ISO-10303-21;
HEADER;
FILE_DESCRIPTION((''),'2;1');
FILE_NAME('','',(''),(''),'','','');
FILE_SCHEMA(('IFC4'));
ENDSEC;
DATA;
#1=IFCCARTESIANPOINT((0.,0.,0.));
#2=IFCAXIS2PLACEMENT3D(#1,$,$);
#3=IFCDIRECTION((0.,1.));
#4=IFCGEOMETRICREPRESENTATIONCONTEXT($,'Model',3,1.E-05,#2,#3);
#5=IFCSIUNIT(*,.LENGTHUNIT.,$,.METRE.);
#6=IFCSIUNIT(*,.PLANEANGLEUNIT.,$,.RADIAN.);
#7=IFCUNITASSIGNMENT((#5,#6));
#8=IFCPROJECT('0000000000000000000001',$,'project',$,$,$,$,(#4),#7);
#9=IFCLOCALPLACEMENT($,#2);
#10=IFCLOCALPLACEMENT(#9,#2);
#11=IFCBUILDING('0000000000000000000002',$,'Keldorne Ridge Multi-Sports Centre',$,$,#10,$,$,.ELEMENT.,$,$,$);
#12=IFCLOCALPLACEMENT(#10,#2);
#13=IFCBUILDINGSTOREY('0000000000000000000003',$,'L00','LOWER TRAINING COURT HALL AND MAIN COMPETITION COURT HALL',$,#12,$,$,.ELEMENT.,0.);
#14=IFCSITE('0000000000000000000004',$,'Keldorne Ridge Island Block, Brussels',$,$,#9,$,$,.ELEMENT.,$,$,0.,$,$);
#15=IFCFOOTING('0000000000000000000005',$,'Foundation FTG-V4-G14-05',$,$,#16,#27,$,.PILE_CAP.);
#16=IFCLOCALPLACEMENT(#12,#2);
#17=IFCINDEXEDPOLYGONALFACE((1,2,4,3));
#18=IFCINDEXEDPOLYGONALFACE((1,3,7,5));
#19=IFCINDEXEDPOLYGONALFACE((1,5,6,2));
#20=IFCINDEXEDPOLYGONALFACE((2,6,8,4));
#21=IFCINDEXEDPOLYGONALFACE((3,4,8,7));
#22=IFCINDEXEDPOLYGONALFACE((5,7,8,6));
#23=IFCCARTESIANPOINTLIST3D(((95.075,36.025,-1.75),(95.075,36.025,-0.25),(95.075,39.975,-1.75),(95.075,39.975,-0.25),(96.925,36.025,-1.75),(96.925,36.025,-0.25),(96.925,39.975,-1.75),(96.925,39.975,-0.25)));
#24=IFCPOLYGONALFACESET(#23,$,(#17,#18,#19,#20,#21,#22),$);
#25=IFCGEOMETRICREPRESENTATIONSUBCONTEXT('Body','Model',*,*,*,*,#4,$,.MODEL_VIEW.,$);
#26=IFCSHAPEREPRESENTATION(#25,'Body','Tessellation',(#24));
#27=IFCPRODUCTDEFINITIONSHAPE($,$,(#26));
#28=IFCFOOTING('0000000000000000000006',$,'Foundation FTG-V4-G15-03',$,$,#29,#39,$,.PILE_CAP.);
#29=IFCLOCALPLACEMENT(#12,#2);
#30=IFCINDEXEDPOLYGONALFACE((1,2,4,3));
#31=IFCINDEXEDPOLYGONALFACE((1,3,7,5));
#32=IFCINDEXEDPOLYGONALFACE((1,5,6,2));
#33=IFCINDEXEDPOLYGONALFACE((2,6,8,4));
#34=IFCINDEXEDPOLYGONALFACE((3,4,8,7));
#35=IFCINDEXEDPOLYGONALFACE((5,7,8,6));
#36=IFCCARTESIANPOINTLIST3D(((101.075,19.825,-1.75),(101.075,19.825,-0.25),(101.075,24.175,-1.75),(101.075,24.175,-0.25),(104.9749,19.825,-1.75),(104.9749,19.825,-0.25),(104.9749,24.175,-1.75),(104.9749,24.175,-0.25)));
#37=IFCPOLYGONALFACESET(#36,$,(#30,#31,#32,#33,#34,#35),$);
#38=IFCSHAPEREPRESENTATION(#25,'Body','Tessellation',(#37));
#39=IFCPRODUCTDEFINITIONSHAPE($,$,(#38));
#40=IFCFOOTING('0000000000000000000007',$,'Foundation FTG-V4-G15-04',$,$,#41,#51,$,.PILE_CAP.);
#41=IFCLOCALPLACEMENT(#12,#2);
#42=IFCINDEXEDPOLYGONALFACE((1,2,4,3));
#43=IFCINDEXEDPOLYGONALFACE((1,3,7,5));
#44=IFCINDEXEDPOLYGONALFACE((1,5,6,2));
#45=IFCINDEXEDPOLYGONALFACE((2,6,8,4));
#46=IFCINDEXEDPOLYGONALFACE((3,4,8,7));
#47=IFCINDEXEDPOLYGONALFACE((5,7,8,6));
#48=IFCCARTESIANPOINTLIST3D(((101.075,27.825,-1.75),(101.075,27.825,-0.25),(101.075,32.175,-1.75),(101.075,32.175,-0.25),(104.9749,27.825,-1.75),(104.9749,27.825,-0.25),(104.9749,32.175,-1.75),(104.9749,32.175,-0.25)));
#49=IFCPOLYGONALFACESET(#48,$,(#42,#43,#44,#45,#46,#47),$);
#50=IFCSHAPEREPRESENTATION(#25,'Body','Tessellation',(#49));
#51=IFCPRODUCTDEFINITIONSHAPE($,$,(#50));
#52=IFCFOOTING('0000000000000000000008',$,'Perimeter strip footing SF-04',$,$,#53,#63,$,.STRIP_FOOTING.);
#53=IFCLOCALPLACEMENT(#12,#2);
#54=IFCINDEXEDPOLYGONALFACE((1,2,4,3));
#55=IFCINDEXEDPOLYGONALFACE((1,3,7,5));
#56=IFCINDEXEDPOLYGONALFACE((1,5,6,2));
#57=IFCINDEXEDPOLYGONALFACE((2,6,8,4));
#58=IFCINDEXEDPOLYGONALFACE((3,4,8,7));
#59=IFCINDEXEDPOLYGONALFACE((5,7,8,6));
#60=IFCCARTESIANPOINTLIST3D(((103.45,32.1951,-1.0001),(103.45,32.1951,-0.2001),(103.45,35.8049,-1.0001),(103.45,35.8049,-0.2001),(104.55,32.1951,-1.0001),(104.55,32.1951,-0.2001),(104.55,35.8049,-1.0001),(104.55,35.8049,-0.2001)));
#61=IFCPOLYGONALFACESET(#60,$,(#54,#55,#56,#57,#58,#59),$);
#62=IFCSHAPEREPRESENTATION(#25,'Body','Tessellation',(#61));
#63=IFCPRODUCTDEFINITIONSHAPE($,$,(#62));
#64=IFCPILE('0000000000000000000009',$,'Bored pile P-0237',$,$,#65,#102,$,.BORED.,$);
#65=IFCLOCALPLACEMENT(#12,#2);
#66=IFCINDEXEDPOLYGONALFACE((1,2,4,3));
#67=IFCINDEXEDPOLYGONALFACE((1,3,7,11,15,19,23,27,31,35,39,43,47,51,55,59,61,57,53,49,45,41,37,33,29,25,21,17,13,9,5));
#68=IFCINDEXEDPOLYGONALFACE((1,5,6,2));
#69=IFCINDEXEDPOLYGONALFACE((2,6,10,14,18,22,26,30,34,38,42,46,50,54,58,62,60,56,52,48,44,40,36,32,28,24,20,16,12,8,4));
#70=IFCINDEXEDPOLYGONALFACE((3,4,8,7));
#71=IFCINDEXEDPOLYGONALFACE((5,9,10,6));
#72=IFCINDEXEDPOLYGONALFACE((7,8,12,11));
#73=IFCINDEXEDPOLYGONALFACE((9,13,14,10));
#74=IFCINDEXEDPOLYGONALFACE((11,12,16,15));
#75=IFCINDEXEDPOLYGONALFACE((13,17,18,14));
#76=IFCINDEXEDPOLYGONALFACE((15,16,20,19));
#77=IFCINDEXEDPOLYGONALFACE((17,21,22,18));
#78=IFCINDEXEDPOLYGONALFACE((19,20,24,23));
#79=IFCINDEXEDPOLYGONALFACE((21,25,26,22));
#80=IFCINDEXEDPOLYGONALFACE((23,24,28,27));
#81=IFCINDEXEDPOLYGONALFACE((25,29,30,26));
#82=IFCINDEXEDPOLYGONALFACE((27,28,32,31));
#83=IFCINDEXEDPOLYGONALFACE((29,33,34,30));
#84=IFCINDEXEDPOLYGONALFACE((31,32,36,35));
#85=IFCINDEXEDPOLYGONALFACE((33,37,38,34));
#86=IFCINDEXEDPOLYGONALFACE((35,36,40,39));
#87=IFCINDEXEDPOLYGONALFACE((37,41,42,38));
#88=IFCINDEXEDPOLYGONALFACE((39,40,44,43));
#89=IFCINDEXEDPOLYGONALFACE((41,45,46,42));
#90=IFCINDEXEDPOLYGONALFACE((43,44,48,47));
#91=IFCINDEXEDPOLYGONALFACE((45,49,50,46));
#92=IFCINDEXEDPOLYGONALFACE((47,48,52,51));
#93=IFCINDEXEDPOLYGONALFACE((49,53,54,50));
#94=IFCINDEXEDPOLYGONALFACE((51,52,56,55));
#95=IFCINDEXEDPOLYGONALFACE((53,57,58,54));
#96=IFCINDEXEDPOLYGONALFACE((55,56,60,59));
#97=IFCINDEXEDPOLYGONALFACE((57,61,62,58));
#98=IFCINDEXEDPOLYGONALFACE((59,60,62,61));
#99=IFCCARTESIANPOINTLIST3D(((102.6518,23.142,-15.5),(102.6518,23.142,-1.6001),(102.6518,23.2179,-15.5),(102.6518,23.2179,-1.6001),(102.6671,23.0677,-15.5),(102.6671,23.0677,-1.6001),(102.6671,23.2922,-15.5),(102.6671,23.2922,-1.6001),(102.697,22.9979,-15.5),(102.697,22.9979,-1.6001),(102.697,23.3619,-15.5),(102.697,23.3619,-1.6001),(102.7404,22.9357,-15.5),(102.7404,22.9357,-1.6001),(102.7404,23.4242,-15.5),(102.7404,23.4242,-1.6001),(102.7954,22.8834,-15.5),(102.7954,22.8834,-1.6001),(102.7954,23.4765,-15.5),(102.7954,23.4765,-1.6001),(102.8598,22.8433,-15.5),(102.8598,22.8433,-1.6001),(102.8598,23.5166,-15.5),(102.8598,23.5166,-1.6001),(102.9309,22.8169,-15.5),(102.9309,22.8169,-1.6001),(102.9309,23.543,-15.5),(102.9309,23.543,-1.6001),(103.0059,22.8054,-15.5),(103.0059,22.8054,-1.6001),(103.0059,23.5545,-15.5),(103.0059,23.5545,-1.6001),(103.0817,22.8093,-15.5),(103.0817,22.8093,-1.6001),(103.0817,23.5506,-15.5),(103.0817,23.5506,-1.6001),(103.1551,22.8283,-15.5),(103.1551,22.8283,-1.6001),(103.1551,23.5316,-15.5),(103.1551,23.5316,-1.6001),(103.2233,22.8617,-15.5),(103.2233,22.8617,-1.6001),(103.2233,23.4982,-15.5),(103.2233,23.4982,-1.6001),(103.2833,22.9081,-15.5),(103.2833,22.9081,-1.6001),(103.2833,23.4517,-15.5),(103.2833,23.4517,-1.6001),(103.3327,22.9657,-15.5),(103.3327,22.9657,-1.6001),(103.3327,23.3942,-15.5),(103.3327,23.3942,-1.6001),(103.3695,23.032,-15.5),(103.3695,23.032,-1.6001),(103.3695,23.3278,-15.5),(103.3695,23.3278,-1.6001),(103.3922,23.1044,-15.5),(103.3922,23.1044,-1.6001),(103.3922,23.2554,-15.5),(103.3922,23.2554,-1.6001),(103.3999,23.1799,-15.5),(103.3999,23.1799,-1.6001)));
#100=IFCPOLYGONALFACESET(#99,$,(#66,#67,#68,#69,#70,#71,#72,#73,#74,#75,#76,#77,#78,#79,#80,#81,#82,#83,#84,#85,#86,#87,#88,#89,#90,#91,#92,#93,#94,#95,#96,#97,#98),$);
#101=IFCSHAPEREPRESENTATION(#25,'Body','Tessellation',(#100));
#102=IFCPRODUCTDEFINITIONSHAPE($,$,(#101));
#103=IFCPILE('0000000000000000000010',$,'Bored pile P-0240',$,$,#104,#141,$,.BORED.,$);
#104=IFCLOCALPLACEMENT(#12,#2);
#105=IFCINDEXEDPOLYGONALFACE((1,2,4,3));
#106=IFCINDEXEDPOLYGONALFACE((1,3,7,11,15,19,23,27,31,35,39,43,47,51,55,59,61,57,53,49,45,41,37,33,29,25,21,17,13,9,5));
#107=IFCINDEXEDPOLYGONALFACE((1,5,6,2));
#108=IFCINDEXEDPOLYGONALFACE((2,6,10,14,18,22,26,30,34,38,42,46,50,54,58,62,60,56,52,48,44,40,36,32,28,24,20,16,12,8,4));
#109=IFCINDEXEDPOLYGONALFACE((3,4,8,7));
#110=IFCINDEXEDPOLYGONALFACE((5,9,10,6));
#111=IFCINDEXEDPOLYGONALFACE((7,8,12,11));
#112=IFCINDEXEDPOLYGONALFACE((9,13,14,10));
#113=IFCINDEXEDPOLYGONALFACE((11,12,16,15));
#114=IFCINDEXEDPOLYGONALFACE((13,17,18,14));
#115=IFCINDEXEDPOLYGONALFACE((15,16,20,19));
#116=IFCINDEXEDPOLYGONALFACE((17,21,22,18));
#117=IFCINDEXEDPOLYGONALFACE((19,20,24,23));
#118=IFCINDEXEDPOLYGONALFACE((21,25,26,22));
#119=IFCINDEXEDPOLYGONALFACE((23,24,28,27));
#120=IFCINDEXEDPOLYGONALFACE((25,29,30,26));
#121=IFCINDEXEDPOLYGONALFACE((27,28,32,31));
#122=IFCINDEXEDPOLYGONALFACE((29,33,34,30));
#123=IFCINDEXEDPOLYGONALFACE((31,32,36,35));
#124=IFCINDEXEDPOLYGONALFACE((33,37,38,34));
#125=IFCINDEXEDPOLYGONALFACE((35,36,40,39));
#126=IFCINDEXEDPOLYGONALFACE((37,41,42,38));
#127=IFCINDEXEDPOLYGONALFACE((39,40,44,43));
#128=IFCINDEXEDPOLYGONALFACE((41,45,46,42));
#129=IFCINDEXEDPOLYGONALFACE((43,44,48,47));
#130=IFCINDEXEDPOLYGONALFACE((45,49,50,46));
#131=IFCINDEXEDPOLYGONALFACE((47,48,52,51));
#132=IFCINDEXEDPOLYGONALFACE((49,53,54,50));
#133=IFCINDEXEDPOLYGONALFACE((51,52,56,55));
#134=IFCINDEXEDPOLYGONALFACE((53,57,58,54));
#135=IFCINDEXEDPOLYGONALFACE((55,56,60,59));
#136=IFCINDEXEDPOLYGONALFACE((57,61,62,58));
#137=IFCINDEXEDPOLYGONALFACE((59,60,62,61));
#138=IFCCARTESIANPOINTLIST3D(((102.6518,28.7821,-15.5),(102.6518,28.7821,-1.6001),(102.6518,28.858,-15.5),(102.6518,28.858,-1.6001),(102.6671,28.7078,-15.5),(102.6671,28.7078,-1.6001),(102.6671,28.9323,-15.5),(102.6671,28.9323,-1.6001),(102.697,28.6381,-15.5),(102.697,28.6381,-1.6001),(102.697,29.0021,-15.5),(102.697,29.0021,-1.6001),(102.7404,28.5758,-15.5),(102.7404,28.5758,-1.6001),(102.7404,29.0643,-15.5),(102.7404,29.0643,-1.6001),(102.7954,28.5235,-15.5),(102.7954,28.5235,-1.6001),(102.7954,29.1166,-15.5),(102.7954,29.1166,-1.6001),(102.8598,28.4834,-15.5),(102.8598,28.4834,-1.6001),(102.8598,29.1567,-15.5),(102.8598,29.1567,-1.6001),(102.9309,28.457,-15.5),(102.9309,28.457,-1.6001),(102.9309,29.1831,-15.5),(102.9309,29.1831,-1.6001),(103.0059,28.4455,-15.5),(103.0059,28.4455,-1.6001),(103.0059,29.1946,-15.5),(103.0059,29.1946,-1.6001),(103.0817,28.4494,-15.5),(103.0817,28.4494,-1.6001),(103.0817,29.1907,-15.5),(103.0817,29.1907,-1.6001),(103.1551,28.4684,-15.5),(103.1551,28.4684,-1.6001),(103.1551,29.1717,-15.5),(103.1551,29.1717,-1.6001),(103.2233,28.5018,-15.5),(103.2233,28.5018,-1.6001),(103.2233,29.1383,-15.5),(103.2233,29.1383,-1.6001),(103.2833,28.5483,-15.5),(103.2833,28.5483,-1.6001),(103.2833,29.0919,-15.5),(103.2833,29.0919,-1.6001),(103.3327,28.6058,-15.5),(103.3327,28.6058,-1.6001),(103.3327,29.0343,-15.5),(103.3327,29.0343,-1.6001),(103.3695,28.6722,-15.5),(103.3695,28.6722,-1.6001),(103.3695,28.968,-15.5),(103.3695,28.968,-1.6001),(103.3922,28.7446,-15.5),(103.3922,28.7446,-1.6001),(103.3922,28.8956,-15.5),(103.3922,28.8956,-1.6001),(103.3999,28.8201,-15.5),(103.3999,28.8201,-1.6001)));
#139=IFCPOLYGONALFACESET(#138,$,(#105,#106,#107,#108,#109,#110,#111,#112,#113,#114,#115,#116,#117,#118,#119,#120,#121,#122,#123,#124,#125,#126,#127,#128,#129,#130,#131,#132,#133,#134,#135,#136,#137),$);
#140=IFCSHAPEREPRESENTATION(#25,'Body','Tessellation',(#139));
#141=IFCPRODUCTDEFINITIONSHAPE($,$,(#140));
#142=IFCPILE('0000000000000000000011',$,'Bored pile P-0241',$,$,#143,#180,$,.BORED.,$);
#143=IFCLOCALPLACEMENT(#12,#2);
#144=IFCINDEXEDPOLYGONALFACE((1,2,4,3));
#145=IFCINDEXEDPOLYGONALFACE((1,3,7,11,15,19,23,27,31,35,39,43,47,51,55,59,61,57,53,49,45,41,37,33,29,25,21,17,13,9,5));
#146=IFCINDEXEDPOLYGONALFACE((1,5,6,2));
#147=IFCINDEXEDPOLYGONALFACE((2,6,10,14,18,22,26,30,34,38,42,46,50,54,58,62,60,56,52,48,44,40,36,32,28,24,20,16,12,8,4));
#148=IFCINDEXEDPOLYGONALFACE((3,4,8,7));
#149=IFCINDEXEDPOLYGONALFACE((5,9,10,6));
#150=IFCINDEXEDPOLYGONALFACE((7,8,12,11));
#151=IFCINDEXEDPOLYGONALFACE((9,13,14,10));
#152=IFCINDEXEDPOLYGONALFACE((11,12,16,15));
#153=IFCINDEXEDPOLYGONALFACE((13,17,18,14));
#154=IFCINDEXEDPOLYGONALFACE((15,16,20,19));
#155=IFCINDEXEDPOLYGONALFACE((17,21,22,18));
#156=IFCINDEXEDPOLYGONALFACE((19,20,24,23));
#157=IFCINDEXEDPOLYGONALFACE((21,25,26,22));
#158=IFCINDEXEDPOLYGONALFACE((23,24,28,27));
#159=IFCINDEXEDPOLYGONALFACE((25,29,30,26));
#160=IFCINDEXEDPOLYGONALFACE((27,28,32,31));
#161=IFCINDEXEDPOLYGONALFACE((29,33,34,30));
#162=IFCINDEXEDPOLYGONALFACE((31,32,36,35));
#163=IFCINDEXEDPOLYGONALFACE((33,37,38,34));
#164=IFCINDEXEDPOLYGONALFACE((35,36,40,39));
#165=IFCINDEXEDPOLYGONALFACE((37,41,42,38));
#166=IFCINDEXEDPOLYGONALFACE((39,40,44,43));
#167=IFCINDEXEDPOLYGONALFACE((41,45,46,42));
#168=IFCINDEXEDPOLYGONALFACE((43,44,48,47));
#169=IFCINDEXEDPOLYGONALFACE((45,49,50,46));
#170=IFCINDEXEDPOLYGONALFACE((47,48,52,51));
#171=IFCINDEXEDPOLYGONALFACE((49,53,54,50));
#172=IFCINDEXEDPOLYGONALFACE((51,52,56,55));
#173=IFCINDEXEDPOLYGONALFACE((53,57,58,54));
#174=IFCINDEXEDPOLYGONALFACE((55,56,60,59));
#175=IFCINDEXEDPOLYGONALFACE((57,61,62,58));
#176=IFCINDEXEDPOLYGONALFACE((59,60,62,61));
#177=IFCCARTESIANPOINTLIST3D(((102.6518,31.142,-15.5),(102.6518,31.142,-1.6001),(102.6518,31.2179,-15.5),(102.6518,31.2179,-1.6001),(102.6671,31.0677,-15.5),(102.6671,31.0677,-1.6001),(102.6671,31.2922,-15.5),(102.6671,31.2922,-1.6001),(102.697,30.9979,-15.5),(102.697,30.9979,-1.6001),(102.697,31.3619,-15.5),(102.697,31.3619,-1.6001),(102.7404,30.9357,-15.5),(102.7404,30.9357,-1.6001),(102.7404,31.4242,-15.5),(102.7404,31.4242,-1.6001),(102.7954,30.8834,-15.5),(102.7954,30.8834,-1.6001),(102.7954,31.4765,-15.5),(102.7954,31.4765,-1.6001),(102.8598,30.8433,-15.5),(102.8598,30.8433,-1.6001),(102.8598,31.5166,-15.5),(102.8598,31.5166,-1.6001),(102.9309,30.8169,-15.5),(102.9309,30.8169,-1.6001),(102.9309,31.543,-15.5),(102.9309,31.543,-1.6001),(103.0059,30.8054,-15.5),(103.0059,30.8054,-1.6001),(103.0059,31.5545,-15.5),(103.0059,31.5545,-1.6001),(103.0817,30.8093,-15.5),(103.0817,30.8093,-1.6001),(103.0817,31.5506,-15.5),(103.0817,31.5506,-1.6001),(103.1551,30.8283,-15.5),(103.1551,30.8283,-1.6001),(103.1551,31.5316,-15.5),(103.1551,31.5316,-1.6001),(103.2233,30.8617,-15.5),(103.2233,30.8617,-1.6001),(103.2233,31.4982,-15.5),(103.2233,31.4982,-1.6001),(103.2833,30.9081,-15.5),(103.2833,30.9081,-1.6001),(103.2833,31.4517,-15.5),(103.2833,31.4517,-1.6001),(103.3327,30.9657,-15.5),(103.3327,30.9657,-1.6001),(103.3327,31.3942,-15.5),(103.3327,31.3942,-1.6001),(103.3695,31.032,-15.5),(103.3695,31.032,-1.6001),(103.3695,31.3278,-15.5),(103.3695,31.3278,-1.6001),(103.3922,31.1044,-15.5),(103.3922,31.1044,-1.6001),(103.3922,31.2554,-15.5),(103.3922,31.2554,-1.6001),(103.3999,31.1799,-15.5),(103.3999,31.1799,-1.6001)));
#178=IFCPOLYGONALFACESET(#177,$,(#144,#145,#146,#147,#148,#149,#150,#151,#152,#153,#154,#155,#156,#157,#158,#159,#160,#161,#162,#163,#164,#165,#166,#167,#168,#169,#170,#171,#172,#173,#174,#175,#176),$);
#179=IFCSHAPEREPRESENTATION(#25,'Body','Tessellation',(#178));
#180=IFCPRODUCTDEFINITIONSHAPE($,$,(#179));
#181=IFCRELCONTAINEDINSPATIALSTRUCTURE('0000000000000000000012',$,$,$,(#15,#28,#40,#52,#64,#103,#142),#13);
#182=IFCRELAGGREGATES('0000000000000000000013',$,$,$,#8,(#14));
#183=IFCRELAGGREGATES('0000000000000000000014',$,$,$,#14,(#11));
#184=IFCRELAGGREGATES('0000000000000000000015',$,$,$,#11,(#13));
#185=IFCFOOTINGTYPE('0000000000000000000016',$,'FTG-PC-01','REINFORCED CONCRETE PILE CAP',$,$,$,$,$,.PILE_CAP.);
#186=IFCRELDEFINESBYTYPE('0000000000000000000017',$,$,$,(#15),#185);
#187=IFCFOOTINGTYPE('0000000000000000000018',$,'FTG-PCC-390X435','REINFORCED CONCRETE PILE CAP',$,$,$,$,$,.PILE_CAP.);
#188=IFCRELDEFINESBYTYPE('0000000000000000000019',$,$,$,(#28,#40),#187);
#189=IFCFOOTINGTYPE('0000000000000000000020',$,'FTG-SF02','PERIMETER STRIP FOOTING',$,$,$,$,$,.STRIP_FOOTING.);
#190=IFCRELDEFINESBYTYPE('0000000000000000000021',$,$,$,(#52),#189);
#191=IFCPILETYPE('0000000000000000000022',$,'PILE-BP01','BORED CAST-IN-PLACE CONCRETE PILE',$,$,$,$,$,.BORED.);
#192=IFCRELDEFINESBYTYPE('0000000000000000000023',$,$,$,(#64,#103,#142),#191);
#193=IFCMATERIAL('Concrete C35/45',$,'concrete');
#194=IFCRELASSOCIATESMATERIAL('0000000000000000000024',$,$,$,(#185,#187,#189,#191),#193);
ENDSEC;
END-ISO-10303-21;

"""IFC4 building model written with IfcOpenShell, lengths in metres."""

from ifc_helpers import new_model, si_unit, direction, frame, origin, origin_2d, place, context, subcontext, project, spatial, rectangle, circle, extrude, material, material_profile, profile_set, type_object, element, save


model = new_model("IFC4")

# Units and contexts
model_context = context("Model", 3, precision=1e-05, world=origin(), true_north=direction((0.0, 1.0)))
body_context = subcontext(model_context, "Body", "Model", "MODEL_VIEW")
ifc_project = project(units=[si_unit("LENGTHUNIT", "METRE"), si_unit("PLANEANGLEUNIT", "RADIAN")], contexts=[model_context])

# Site, building, storey
site_placement = place(None, origin())
site = spatial("IfcSite", under=ifc_project, at=site_placement, Name="Keldorne Ridge Island Block, Brussels", CompositionType="ELEMENT", RefElevation=0.0)
building_placement = place(site_placement, origin())
building = spatial("IfcBuilding", under=site, at=building_placement, Name="Keldorne Ridge Multi-Sports Centre", CompositionType="ELEMENT")
storey_placement = place(building_placement, origin())
storey = spatial("IfcBuildingStorey", under=building, at=storey_placement, Name="L00", Description="LOWER TRAINING COURT HALL AND MAIN COMPETITION COURT HALL", CompositionType="ELEMENT", Elevation=0.0)

# Footings
ifc_material_1 = material(Name="Concrete C35/45", Category="concrete")
footing_type_1 = type_object("IfcFootingType", Name="FTG-PC-01", Description="REINFORCED CONCRETE PILE CAP", PredefinedType="PILE_CAP", material=ifc_material_1)
footing_1_placement = place(storey_placement, frame((96.0, 38.0, -1.75), z_axis=(0.0, 0.0, 1.0), x_axis=(1.0, 0.0, 0.0)))
element("IfcFooting", 1, at=footing_1_placement, inside=storey, type_object=footing_type_1, Name="Foundation FTG-V4-G14-05", PredefinedType="PILE_CAP", context=body_context, shape_type="SweptSolid", body=[
    extrude(rectangle(XDim=1.8501, YDim=3.95, at=origin_2d()), origin(), (0.0, 0.0, 1.0), 1.5),
])
footing_type_2 = type_object("IfcFootingType", Name="FTG-PCC-390X435", Description="REINFORCED CONCRETE PILE CAP", PredefinedType="PILE_CAP", material=ifc_material_1)
for number, where, z_axis, x_axis, name in (
    (2, (103.0249, 22.0, -1.75), (0.0, 0.0, 1.0), (1.0, 0.0, 0.0), "Foundation FTG-V4-G15-03"),
    (3, (103.0249, 30.0, -1.75), (0.0, 0.0, 1.0), (1.0, 0.0, 0.0), "Foundation FTG-V4-G15-04"),
):
    element("IfcFooting", number, at=place(storey_placement, frame(where, z_axis=z_axis, x_axis=x_axis)), inside=storey, type_object=footing_type_2, Name=name, PredefinedType="PILE_CAP", context=body_context, shape_type="SweptSolid", body=[
        extrude(rectangle(XDim=3.8999, YDim=4.3501, at=origin_2d()), origin(), (0.0, 0.0, 1.0), 1.5),
    ])
ifc_material_profile_1 = material_profile(ifc_material_1, rectangle(XDim=1.1001, YDim=0.8, at=origin_2d()), Name="SF 1100x800")
ifc_profile_set_1 = profile_set([ifc_material_profile_1], Name="Concrete C35/45")
footing_type_3 = type_object("IfcFootingType", Name="FTG-SF02", Description="PERIMETER STRIP FOOTING", PredefinedType="STRIP_FOOTING", material=ifc_profile_set_1)
footing_2_placement = place(storey_placement, frame((104.0, 32.1951, -0.6001), z_axis=(0.0, 1.0, 0.0), x_axis=(-1.0, 0.0, 0.0)))
element("IfcFooting", 4, at=footing_2_placement, inside=storey, type_object=footing_type_3, Name="Perimeter strip footing SF-04", PredefinedType="STRIP_FOOTING", context=body_context, shape_type="SweptSolid", body=[
    extrude(rectangle(XDim=1.1001, YDim=0.8, at=origin_2d()), origin(), (0.0, 0.0, 1.0), 3.6099),
])

# Piles
ifc_material_profile_2 = material_profile(ifc_material_1, circle(Radius=0.375, at=origin_2d()), Name="BORED PILE D750")
ifc_profile_set_2 = profile_set([ifc_material_profile_2], Name="Concrete C35/45")
pile_type = type_object("IfcPileType", Name="PILE-BP01", Description="BORED CAST-IN-PLACE CONCRETE PILE", PredefinedType="BORED", material=ifc_profile_set_2)
for number, where, z_axis, x_axis, name in (
    (5, (103.0249, 23.1799, -1.6001), (0.0, 0.0, -1.0), (1.0, 0.0, 0.0), "Bored pile P-0237"),
    (6, (103.0249, 28.8201, -1.6001), (0.0, 0.0, -1.0), (1.0, 0.0, 0.0), "Bored pile P-0240"),
    (7, (103.0249, 31.1799, -1.6001), (0.0, 0.0, -1.0), (1.0, 0.0, 0.0), "Bored pile P-0241"),
):
    element("IfcPile", number, at=place(storey_placement, frame(where, z_axis=z_axis, x_axis=x_axis)), inside=storey, type_object=pile_type, Name=name, PredefinedType="BORED", context=body_context, shape_type="SweptSolid", body=[
        extrude(circle(Radius=0.375, at=origin_2d()), origin(), (0.0, 0.0, 1.0), 13.8999),
    ])

save(model, "model.ifc")
